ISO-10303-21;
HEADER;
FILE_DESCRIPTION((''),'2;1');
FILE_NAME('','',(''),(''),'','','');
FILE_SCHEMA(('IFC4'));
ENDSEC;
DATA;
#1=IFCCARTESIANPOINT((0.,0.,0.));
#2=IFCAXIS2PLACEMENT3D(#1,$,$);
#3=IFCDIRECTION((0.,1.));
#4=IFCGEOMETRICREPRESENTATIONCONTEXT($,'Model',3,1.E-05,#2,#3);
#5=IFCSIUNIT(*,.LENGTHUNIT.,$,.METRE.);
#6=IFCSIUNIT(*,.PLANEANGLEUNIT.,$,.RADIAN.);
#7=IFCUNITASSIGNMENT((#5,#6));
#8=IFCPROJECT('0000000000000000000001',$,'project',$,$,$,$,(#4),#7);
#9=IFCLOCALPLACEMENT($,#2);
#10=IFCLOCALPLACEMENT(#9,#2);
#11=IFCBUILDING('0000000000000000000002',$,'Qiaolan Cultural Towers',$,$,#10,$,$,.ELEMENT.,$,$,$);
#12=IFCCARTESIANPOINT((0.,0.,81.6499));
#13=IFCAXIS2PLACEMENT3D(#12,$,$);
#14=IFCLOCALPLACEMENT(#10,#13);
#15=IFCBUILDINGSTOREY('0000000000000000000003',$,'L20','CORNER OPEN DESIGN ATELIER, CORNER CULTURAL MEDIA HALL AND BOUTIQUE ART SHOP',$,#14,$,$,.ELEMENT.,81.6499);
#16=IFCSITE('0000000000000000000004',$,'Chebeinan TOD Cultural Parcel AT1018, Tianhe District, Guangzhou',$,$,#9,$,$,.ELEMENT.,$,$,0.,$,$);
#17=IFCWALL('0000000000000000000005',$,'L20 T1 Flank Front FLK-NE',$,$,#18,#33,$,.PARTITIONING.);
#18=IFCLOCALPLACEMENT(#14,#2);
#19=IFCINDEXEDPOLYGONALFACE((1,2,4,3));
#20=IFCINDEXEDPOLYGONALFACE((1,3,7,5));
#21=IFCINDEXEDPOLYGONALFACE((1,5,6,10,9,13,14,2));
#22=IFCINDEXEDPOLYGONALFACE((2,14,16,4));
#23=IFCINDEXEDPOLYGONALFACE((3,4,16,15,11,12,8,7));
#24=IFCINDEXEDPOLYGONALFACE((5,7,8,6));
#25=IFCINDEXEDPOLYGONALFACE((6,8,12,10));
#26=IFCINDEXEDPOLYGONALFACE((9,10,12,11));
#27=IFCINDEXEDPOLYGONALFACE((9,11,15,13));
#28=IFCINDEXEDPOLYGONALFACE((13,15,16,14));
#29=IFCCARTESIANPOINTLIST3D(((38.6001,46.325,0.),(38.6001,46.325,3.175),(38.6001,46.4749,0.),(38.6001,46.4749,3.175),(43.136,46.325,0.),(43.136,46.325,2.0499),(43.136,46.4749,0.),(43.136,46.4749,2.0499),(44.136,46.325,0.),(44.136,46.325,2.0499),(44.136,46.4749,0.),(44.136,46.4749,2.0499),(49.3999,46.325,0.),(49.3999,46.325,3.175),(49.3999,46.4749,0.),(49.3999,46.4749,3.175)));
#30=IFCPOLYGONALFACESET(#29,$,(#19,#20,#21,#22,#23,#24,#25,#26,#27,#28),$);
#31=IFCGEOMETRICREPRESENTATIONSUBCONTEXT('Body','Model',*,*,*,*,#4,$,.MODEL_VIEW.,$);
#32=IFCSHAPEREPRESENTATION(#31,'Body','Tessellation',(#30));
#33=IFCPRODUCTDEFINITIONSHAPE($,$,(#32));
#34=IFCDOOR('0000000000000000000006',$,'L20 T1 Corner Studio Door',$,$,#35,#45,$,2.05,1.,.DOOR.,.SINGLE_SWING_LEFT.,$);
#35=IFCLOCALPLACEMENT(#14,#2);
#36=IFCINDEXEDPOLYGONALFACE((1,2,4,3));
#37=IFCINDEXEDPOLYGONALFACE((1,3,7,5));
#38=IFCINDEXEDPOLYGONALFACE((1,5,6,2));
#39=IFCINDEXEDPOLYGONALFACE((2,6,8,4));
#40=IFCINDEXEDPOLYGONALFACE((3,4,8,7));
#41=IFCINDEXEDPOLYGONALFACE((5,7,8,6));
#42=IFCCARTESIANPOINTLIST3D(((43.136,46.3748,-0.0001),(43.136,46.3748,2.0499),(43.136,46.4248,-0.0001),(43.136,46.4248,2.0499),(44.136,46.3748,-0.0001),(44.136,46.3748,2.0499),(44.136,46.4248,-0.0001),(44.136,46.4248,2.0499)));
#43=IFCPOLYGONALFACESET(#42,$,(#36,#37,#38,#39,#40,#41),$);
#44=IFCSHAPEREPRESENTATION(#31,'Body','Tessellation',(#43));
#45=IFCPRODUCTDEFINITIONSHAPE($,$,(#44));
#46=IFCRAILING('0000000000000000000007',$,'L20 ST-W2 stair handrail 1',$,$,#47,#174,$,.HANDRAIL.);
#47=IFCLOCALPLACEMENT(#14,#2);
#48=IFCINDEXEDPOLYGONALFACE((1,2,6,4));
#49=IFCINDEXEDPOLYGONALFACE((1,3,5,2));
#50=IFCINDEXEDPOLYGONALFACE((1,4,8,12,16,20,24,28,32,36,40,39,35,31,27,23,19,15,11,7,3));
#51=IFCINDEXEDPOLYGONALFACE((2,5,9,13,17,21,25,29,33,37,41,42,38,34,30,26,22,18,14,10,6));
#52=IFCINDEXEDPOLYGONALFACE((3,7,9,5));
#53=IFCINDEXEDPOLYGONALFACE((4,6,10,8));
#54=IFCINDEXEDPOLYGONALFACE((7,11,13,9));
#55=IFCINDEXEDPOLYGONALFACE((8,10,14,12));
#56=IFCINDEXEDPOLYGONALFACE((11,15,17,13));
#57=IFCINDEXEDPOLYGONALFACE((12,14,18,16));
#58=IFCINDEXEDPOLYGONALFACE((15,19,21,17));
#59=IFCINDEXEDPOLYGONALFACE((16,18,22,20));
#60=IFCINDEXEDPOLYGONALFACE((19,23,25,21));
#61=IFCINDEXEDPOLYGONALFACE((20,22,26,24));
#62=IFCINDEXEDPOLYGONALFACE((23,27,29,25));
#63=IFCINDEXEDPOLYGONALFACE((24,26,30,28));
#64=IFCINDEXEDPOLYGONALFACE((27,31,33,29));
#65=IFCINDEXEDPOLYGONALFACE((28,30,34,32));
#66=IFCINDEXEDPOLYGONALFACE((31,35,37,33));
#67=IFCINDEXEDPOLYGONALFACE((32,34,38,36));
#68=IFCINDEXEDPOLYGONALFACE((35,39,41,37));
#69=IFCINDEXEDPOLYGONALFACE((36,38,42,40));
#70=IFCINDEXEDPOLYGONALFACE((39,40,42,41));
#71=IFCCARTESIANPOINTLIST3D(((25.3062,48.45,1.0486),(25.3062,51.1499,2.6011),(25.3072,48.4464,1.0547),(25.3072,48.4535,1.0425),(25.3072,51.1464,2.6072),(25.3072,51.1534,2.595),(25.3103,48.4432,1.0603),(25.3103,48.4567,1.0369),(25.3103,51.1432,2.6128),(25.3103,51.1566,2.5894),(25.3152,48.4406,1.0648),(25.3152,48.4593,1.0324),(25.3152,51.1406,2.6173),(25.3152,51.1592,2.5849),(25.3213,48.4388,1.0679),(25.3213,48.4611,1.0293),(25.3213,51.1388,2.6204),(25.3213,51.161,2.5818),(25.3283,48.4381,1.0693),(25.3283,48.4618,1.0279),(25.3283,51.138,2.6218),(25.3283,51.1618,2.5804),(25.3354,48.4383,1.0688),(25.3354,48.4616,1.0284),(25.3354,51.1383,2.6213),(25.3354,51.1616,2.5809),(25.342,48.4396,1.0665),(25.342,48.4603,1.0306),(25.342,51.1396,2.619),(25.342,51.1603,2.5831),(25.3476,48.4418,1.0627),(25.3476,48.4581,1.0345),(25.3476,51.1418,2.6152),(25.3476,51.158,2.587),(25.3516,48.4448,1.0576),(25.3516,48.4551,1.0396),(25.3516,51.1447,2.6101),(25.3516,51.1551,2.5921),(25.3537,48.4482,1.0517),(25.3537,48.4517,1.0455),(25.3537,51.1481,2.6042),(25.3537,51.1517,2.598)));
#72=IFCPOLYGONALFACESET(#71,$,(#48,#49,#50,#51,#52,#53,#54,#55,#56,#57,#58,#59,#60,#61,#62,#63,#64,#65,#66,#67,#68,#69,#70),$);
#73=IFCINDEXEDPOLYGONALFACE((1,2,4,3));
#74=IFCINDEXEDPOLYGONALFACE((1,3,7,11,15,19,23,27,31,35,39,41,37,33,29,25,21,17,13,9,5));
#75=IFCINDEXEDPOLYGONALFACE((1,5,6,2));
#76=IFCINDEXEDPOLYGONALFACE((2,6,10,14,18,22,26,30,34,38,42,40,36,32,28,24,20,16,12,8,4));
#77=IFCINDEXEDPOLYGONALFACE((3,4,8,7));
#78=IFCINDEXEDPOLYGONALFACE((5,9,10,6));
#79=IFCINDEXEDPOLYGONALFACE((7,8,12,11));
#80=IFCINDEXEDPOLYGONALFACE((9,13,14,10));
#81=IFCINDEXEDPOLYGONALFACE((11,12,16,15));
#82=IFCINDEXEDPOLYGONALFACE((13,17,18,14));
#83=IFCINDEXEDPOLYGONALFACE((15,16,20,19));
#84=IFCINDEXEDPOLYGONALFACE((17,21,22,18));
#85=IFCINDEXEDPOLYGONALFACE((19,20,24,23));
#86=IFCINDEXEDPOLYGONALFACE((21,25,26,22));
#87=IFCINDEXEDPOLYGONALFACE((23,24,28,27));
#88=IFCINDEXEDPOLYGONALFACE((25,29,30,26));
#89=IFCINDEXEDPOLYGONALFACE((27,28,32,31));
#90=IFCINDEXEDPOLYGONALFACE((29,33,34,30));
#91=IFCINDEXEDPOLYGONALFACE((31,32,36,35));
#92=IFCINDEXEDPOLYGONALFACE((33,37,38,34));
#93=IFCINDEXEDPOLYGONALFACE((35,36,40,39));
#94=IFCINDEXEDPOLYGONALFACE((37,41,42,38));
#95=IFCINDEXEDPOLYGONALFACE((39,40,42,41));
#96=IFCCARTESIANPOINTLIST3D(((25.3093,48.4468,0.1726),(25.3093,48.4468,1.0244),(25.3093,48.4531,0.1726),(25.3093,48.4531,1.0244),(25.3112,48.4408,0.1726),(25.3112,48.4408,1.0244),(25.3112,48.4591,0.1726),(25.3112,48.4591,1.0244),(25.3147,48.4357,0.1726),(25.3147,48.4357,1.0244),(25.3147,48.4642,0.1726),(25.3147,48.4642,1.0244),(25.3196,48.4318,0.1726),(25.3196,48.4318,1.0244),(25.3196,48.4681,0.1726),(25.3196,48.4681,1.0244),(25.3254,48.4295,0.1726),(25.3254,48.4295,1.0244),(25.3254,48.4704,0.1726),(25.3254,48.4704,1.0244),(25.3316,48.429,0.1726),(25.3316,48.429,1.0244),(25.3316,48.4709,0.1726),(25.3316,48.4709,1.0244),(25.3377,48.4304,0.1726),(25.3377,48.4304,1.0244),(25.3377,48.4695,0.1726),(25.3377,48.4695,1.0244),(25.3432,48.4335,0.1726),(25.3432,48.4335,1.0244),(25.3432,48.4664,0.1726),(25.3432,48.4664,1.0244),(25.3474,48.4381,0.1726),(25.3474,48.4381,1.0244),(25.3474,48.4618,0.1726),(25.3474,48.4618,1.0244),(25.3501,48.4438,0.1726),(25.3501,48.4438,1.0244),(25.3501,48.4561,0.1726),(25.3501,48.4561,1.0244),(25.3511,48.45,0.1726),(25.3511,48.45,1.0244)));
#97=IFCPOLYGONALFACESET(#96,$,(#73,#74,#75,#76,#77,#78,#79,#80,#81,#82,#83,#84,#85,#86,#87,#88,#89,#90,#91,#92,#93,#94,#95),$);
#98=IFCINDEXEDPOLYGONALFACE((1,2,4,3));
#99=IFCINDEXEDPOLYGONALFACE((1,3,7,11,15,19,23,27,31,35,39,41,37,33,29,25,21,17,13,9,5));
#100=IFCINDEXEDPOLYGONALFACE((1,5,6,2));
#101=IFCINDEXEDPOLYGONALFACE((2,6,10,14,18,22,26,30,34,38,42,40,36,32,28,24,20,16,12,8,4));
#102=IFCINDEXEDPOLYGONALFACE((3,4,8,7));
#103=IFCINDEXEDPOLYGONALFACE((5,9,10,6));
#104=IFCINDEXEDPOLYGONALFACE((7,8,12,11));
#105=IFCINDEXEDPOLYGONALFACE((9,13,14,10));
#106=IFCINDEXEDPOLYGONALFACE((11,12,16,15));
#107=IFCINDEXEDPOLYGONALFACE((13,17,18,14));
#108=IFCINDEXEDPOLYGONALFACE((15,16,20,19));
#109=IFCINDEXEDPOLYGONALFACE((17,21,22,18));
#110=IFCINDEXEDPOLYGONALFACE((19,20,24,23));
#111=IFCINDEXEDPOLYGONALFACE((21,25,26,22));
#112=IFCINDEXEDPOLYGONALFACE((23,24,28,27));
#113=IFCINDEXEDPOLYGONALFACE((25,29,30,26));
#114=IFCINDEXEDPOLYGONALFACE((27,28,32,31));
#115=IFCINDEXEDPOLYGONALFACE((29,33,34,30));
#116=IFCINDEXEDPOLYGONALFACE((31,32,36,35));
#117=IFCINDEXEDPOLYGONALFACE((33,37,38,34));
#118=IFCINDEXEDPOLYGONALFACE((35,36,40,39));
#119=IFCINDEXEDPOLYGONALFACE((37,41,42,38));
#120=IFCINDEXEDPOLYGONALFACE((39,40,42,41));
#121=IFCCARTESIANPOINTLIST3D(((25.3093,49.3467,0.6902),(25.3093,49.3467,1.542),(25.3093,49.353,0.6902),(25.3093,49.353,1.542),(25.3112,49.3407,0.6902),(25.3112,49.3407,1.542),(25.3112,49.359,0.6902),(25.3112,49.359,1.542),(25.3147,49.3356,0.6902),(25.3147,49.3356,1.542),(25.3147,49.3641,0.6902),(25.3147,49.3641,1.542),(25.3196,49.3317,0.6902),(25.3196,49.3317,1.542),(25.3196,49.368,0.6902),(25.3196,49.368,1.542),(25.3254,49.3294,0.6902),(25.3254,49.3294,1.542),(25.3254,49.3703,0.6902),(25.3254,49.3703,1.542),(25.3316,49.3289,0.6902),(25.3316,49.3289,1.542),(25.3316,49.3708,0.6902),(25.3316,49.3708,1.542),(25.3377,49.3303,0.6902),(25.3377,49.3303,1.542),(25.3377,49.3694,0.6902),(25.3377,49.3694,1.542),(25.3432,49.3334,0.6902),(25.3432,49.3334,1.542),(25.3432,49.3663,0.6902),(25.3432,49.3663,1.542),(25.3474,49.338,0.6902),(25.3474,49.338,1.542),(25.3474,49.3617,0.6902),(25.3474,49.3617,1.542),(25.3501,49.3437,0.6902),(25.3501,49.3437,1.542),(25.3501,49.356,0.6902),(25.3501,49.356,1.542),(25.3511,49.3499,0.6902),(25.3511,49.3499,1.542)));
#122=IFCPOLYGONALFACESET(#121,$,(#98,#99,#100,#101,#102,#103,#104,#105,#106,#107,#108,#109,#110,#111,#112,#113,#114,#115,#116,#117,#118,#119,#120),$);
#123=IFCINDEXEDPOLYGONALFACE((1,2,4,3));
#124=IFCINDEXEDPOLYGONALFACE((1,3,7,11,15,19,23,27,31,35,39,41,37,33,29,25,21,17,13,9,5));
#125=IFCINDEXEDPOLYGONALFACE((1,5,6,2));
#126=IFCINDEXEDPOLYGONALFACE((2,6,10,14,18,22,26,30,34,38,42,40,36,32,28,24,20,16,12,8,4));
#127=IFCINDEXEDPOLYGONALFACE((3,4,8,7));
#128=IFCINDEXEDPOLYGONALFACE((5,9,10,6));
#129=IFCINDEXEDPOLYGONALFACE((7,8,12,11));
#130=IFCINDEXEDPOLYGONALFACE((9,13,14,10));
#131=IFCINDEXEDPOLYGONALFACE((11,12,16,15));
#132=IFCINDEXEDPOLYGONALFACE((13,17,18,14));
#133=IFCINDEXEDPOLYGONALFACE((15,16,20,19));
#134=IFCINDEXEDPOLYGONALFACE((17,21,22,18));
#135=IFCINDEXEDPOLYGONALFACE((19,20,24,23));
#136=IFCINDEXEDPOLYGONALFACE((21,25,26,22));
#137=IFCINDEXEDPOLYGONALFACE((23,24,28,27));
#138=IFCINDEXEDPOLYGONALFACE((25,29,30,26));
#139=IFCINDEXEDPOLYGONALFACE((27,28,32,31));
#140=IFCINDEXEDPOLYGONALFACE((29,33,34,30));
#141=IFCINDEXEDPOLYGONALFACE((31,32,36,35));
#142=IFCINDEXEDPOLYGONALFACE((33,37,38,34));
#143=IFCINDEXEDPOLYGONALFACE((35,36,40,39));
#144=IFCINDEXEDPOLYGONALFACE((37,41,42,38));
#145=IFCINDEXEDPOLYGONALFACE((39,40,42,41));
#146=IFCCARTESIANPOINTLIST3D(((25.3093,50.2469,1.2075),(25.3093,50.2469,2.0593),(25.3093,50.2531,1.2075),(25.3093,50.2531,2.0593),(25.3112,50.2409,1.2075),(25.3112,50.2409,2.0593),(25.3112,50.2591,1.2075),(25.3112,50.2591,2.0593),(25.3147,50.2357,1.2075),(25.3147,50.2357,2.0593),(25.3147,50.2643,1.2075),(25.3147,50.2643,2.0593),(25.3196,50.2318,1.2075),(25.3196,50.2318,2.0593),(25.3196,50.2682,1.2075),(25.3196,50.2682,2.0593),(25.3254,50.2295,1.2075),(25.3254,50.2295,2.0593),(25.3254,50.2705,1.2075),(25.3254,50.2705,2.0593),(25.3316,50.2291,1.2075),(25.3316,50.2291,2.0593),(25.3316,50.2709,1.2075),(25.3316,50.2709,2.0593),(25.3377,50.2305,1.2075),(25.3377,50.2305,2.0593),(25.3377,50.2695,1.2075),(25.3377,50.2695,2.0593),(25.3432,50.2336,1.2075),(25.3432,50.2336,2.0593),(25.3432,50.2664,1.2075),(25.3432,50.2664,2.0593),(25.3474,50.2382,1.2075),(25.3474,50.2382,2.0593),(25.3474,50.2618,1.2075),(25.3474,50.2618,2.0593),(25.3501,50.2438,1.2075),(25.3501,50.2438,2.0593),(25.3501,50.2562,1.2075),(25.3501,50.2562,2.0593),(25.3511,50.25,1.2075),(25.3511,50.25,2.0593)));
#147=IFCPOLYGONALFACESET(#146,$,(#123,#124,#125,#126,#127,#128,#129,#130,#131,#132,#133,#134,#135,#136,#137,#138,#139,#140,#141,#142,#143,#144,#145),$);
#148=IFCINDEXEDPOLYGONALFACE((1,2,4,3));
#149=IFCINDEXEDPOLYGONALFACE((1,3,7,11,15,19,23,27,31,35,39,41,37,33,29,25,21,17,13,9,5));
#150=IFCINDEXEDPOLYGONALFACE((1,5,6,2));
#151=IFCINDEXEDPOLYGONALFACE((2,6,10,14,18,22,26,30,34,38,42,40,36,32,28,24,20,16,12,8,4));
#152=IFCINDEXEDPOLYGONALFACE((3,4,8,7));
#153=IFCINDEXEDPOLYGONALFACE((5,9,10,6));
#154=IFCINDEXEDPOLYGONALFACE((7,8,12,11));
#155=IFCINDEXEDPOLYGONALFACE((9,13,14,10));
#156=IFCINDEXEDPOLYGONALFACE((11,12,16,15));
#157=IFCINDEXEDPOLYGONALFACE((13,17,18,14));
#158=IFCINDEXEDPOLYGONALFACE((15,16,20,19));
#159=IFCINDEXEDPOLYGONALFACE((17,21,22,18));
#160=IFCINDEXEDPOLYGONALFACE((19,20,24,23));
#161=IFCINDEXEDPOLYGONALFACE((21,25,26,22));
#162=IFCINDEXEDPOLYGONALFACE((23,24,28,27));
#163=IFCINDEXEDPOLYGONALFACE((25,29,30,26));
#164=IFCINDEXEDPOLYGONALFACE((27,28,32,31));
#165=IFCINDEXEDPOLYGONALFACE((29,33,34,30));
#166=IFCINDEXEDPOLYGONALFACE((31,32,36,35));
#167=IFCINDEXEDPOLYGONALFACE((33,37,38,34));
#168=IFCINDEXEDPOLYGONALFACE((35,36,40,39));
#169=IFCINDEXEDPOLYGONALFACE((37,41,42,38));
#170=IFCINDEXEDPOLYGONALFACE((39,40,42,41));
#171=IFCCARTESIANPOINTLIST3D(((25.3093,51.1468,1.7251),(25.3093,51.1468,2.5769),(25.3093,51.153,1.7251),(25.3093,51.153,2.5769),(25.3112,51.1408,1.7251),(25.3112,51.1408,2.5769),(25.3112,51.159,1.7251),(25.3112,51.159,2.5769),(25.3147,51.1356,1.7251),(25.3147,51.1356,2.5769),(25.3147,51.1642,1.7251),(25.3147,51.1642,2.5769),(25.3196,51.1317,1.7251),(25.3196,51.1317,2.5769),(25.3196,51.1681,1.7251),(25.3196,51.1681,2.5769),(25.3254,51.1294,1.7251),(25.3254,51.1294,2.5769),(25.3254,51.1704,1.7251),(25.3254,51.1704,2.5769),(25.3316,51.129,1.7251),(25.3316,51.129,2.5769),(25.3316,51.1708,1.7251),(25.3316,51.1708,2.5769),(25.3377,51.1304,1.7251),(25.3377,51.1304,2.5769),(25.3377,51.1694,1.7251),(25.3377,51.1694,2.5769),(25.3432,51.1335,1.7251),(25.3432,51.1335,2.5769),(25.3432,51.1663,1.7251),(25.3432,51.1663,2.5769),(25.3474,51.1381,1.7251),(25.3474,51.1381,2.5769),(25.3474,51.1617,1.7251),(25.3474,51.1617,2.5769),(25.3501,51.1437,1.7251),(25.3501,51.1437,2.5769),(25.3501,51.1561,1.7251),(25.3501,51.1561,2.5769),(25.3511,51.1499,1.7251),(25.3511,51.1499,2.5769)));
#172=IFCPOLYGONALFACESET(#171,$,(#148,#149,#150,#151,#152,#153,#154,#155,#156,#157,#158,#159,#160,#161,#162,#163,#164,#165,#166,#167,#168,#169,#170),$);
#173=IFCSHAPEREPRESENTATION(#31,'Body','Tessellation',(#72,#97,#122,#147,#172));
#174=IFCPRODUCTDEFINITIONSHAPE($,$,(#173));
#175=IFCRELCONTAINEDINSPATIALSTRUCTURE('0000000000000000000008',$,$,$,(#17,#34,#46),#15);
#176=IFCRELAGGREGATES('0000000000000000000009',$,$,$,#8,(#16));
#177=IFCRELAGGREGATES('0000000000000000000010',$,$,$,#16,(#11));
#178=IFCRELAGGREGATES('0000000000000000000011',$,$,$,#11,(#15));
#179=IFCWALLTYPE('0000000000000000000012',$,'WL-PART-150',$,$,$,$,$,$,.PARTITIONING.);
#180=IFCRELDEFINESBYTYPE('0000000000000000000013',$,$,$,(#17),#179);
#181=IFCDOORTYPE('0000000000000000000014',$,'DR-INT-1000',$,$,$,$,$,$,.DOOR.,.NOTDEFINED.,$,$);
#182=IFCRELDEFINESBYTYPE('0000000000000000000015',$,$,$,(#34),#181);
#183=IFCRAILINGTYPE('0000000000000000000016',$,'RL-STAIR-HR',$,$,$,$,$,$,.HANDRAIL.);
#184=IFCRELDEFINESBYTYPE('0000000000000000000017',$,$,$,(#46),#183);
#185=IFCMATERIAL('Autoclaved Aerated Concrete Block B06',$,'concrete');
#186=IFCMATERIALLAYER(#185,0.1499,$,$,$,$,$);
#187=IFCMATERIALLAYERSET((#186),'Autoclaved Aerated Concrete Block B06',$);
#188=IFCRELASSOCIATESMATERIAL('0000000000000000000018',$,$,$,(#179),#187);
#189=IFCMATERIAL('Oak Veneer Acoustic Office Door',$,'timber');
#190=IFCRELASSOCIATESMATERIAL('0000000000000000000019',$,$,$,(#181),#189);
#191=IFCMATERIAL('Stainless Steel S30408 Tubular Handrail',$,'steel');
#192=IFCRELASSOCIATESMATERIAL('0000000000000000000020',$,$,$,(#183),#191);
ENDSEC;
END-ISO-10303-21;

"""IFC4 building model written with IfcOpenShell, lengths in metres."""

from ifc_helpers import new_model, si_unit, direction, frame, frame_2d, origin, origin_2d, place, context, subcontext, project, spatial, rectangle, circle, extrude, material, layer, layer_set, type_object, element, fill, save


model = new_model("IFC4")

# Units and contexts
model_context = context("Model", 3, precision=1e-05, world=origin(), true_north=direction((0.0, 1.0)))
body_context = subcontext(model_context, "Body", "Model", "MODEL_VIEW")
ifc_project = project(units=[si_unit("LENGTHUNIT", "METRE"), si_unit("PLANEANGLEUNIT", "RADIAN")], contexts=[model_context])

# Site, building, storey
site_placement = place(None, origin())
site = spatial("IfcSite", under=ifc_project, at=site_placement, Name="Chebeinan TOD Cultural Parcel AT1018, Tianhe District, Guangzhou", CompositionType="ELEMENT", RefElevation=0.0)
building_placement = place(site_placement, origin())
building = spatial("IfcBuilding", under=site, at=building_placement, Name="Qiaolan Cultural Towers", CompositionType="ELEMENT")
storey_placement = place(building_placement, frame((0.0, 0.0, 81.6499)))
storey = spatial("IfcBuildingStorey", under=building, at=storey_placement, Name="L20", Description="CORNER OPEN DESIGN ATELIER, CORNER CULTURAL MEDIA HALL AND BOUTIQUE ART SHOP", CompositionType="ELEMENT", Elevation=81.6499)

# Shared definitions
ifc_material_1 = material(Name="Autoclaved Aerated Concrete Block B06", Category="concrete")
ifc_layer_1 = layer(ifc_material_1, 0.1499)
ifc_layer_set_1 = layer_set([ifc_layer_1], Name="Autoclaved Aerated Concrete Block B06")
wall_type_1 = type_object("IfcWallType", Name="WL-PART-150", PredefinedType="PARTITIONING", material=ifc_layer_set_1)

# Wall, opening, door
wall_1_placement = place(storey_placement, frame((38.6001, 46.3999, 0.0), z_axis=(0.0, 0.0, 1.0), x_axis=(1.0, 0.0, 0.0)))
wall_1 = element("IfcWall", 1, at=wall_1_placement, inside=storey, type_object=wall_type_1, Name="L20 T1 Flank Front FLK-NE", PredefinedType="PARTITIONING", context=body_context, shape_type="SweptSolid", body=[
    extrude(rectangle(XDim=10.7998, YDim=0.1499, at=frame_2d((5.3999, 0.0))), origin(), (0.0, 0.0, 1.0), 3.175),
])
opening_1_placement = place(wall_1_placement, frame((4.5359, 0.0, 0.0)))
opening_1 = element("IfcOpeningElement", 2, at=opening_1_placement, cuts=wall_1, PredefinedType="OPENING", context=body_context, shape_type="SweptSolid", body=[
    extrude(rectangle(XDim=1.0, YDim=2.05, at=frame_2d((0.5, 1.0249))), frame((0.0, 0.085, 0.0), z_axis=(0.0, -1.0, 0.0), x_axis=(1.0, 0.0, 0.0)), (0.0, 0.0, 1.0), 0.1699),
])
ifc_material_2 = material(Name="Oak Veneer Acoustic Office Door", Category="timber")
door_type_1 = type_object("IfcDoorType", Name="DR-INT-1000", OperationType="NOTDEFINED", PredefinedType="DOOR", material=ifc_material_2)
door_1_placement = place(opening_1_placement, origin())
door_1 = element("IfcDoor", 3, at=door_1_placement, inside=storey, type_object=door_type_1, Name="L20 T1 Corner Studio Door", OperationType="SINGLE_SWING_LEFT", OverallHeight=2.05, OverallWidth=1.0, PredefinedType="DOOR", context=body_context, shape_type="SweptSolid", body=[
    extrude(rectangle(XDim=1.0, YDim=2.05, at=frame_2d((0.5, 1.0249))), frame((0.0, 0.0249, 0.0), z_axis=(0.0, -1.0, 0.0), x_axis=(1.0, 0.0, 0.0)), (0.0, 0.0, 1.0), 0.05),
])
fill(opening_1, door_1)

# Railing
ifc_material_3 = material(Name="Stainless Steel S30408 Tubular Handrail", Category="steel")
railing_type = type_object("IfcRailingType", Name="RL-STAIR-HR", PredefinedType="HANDRAIL", material=ifc_material_3)
railing_placement = place(storey_placement, frame((25.3301, 48.45, 0.1726)))
element("IfcRailing", 4, at=railing_placement, inside=storey, type_object=railing_type, Name="L20 ST-W2 stair handrail 1", PredefinedType="HANDRAIL", context=body_context, shape_type="SweptSolid", body=[
    extrude(circle(Radius=0.0239, at=origin_2d()), frame((0.0, 0.0, 0.876), z_axis=(0.0, 0.866904, 0.498476), x_axis=(-1.0, 0.0, 0.0)), (0.0, 0.0, 1.0), 3.1145),
    extrude(circle(Radius=0.021, at=origin_2d()), origin(), (0.0, 0.0, 1.0), 0.8518),
    extrude(circle(Radius=0.021, at=origin_2d()), frame((0.0, 0.8999, 0.5176)), (0.0, 0.0, 1.0), 0.8518),
    extrude(circle(Radius=0.021, at=origin_2d()), frame((0.0, 1.8, 1.0349)), (0.0, 0.0, 1.0), 0.8518),
    extrude(circle(Radius=0.021, at=origin_2d()), frame((0.0, 2.7, 1.5525)), (0.0, 0.0, 1.0), 0.8518),
])

save(model, "model.ifc")
